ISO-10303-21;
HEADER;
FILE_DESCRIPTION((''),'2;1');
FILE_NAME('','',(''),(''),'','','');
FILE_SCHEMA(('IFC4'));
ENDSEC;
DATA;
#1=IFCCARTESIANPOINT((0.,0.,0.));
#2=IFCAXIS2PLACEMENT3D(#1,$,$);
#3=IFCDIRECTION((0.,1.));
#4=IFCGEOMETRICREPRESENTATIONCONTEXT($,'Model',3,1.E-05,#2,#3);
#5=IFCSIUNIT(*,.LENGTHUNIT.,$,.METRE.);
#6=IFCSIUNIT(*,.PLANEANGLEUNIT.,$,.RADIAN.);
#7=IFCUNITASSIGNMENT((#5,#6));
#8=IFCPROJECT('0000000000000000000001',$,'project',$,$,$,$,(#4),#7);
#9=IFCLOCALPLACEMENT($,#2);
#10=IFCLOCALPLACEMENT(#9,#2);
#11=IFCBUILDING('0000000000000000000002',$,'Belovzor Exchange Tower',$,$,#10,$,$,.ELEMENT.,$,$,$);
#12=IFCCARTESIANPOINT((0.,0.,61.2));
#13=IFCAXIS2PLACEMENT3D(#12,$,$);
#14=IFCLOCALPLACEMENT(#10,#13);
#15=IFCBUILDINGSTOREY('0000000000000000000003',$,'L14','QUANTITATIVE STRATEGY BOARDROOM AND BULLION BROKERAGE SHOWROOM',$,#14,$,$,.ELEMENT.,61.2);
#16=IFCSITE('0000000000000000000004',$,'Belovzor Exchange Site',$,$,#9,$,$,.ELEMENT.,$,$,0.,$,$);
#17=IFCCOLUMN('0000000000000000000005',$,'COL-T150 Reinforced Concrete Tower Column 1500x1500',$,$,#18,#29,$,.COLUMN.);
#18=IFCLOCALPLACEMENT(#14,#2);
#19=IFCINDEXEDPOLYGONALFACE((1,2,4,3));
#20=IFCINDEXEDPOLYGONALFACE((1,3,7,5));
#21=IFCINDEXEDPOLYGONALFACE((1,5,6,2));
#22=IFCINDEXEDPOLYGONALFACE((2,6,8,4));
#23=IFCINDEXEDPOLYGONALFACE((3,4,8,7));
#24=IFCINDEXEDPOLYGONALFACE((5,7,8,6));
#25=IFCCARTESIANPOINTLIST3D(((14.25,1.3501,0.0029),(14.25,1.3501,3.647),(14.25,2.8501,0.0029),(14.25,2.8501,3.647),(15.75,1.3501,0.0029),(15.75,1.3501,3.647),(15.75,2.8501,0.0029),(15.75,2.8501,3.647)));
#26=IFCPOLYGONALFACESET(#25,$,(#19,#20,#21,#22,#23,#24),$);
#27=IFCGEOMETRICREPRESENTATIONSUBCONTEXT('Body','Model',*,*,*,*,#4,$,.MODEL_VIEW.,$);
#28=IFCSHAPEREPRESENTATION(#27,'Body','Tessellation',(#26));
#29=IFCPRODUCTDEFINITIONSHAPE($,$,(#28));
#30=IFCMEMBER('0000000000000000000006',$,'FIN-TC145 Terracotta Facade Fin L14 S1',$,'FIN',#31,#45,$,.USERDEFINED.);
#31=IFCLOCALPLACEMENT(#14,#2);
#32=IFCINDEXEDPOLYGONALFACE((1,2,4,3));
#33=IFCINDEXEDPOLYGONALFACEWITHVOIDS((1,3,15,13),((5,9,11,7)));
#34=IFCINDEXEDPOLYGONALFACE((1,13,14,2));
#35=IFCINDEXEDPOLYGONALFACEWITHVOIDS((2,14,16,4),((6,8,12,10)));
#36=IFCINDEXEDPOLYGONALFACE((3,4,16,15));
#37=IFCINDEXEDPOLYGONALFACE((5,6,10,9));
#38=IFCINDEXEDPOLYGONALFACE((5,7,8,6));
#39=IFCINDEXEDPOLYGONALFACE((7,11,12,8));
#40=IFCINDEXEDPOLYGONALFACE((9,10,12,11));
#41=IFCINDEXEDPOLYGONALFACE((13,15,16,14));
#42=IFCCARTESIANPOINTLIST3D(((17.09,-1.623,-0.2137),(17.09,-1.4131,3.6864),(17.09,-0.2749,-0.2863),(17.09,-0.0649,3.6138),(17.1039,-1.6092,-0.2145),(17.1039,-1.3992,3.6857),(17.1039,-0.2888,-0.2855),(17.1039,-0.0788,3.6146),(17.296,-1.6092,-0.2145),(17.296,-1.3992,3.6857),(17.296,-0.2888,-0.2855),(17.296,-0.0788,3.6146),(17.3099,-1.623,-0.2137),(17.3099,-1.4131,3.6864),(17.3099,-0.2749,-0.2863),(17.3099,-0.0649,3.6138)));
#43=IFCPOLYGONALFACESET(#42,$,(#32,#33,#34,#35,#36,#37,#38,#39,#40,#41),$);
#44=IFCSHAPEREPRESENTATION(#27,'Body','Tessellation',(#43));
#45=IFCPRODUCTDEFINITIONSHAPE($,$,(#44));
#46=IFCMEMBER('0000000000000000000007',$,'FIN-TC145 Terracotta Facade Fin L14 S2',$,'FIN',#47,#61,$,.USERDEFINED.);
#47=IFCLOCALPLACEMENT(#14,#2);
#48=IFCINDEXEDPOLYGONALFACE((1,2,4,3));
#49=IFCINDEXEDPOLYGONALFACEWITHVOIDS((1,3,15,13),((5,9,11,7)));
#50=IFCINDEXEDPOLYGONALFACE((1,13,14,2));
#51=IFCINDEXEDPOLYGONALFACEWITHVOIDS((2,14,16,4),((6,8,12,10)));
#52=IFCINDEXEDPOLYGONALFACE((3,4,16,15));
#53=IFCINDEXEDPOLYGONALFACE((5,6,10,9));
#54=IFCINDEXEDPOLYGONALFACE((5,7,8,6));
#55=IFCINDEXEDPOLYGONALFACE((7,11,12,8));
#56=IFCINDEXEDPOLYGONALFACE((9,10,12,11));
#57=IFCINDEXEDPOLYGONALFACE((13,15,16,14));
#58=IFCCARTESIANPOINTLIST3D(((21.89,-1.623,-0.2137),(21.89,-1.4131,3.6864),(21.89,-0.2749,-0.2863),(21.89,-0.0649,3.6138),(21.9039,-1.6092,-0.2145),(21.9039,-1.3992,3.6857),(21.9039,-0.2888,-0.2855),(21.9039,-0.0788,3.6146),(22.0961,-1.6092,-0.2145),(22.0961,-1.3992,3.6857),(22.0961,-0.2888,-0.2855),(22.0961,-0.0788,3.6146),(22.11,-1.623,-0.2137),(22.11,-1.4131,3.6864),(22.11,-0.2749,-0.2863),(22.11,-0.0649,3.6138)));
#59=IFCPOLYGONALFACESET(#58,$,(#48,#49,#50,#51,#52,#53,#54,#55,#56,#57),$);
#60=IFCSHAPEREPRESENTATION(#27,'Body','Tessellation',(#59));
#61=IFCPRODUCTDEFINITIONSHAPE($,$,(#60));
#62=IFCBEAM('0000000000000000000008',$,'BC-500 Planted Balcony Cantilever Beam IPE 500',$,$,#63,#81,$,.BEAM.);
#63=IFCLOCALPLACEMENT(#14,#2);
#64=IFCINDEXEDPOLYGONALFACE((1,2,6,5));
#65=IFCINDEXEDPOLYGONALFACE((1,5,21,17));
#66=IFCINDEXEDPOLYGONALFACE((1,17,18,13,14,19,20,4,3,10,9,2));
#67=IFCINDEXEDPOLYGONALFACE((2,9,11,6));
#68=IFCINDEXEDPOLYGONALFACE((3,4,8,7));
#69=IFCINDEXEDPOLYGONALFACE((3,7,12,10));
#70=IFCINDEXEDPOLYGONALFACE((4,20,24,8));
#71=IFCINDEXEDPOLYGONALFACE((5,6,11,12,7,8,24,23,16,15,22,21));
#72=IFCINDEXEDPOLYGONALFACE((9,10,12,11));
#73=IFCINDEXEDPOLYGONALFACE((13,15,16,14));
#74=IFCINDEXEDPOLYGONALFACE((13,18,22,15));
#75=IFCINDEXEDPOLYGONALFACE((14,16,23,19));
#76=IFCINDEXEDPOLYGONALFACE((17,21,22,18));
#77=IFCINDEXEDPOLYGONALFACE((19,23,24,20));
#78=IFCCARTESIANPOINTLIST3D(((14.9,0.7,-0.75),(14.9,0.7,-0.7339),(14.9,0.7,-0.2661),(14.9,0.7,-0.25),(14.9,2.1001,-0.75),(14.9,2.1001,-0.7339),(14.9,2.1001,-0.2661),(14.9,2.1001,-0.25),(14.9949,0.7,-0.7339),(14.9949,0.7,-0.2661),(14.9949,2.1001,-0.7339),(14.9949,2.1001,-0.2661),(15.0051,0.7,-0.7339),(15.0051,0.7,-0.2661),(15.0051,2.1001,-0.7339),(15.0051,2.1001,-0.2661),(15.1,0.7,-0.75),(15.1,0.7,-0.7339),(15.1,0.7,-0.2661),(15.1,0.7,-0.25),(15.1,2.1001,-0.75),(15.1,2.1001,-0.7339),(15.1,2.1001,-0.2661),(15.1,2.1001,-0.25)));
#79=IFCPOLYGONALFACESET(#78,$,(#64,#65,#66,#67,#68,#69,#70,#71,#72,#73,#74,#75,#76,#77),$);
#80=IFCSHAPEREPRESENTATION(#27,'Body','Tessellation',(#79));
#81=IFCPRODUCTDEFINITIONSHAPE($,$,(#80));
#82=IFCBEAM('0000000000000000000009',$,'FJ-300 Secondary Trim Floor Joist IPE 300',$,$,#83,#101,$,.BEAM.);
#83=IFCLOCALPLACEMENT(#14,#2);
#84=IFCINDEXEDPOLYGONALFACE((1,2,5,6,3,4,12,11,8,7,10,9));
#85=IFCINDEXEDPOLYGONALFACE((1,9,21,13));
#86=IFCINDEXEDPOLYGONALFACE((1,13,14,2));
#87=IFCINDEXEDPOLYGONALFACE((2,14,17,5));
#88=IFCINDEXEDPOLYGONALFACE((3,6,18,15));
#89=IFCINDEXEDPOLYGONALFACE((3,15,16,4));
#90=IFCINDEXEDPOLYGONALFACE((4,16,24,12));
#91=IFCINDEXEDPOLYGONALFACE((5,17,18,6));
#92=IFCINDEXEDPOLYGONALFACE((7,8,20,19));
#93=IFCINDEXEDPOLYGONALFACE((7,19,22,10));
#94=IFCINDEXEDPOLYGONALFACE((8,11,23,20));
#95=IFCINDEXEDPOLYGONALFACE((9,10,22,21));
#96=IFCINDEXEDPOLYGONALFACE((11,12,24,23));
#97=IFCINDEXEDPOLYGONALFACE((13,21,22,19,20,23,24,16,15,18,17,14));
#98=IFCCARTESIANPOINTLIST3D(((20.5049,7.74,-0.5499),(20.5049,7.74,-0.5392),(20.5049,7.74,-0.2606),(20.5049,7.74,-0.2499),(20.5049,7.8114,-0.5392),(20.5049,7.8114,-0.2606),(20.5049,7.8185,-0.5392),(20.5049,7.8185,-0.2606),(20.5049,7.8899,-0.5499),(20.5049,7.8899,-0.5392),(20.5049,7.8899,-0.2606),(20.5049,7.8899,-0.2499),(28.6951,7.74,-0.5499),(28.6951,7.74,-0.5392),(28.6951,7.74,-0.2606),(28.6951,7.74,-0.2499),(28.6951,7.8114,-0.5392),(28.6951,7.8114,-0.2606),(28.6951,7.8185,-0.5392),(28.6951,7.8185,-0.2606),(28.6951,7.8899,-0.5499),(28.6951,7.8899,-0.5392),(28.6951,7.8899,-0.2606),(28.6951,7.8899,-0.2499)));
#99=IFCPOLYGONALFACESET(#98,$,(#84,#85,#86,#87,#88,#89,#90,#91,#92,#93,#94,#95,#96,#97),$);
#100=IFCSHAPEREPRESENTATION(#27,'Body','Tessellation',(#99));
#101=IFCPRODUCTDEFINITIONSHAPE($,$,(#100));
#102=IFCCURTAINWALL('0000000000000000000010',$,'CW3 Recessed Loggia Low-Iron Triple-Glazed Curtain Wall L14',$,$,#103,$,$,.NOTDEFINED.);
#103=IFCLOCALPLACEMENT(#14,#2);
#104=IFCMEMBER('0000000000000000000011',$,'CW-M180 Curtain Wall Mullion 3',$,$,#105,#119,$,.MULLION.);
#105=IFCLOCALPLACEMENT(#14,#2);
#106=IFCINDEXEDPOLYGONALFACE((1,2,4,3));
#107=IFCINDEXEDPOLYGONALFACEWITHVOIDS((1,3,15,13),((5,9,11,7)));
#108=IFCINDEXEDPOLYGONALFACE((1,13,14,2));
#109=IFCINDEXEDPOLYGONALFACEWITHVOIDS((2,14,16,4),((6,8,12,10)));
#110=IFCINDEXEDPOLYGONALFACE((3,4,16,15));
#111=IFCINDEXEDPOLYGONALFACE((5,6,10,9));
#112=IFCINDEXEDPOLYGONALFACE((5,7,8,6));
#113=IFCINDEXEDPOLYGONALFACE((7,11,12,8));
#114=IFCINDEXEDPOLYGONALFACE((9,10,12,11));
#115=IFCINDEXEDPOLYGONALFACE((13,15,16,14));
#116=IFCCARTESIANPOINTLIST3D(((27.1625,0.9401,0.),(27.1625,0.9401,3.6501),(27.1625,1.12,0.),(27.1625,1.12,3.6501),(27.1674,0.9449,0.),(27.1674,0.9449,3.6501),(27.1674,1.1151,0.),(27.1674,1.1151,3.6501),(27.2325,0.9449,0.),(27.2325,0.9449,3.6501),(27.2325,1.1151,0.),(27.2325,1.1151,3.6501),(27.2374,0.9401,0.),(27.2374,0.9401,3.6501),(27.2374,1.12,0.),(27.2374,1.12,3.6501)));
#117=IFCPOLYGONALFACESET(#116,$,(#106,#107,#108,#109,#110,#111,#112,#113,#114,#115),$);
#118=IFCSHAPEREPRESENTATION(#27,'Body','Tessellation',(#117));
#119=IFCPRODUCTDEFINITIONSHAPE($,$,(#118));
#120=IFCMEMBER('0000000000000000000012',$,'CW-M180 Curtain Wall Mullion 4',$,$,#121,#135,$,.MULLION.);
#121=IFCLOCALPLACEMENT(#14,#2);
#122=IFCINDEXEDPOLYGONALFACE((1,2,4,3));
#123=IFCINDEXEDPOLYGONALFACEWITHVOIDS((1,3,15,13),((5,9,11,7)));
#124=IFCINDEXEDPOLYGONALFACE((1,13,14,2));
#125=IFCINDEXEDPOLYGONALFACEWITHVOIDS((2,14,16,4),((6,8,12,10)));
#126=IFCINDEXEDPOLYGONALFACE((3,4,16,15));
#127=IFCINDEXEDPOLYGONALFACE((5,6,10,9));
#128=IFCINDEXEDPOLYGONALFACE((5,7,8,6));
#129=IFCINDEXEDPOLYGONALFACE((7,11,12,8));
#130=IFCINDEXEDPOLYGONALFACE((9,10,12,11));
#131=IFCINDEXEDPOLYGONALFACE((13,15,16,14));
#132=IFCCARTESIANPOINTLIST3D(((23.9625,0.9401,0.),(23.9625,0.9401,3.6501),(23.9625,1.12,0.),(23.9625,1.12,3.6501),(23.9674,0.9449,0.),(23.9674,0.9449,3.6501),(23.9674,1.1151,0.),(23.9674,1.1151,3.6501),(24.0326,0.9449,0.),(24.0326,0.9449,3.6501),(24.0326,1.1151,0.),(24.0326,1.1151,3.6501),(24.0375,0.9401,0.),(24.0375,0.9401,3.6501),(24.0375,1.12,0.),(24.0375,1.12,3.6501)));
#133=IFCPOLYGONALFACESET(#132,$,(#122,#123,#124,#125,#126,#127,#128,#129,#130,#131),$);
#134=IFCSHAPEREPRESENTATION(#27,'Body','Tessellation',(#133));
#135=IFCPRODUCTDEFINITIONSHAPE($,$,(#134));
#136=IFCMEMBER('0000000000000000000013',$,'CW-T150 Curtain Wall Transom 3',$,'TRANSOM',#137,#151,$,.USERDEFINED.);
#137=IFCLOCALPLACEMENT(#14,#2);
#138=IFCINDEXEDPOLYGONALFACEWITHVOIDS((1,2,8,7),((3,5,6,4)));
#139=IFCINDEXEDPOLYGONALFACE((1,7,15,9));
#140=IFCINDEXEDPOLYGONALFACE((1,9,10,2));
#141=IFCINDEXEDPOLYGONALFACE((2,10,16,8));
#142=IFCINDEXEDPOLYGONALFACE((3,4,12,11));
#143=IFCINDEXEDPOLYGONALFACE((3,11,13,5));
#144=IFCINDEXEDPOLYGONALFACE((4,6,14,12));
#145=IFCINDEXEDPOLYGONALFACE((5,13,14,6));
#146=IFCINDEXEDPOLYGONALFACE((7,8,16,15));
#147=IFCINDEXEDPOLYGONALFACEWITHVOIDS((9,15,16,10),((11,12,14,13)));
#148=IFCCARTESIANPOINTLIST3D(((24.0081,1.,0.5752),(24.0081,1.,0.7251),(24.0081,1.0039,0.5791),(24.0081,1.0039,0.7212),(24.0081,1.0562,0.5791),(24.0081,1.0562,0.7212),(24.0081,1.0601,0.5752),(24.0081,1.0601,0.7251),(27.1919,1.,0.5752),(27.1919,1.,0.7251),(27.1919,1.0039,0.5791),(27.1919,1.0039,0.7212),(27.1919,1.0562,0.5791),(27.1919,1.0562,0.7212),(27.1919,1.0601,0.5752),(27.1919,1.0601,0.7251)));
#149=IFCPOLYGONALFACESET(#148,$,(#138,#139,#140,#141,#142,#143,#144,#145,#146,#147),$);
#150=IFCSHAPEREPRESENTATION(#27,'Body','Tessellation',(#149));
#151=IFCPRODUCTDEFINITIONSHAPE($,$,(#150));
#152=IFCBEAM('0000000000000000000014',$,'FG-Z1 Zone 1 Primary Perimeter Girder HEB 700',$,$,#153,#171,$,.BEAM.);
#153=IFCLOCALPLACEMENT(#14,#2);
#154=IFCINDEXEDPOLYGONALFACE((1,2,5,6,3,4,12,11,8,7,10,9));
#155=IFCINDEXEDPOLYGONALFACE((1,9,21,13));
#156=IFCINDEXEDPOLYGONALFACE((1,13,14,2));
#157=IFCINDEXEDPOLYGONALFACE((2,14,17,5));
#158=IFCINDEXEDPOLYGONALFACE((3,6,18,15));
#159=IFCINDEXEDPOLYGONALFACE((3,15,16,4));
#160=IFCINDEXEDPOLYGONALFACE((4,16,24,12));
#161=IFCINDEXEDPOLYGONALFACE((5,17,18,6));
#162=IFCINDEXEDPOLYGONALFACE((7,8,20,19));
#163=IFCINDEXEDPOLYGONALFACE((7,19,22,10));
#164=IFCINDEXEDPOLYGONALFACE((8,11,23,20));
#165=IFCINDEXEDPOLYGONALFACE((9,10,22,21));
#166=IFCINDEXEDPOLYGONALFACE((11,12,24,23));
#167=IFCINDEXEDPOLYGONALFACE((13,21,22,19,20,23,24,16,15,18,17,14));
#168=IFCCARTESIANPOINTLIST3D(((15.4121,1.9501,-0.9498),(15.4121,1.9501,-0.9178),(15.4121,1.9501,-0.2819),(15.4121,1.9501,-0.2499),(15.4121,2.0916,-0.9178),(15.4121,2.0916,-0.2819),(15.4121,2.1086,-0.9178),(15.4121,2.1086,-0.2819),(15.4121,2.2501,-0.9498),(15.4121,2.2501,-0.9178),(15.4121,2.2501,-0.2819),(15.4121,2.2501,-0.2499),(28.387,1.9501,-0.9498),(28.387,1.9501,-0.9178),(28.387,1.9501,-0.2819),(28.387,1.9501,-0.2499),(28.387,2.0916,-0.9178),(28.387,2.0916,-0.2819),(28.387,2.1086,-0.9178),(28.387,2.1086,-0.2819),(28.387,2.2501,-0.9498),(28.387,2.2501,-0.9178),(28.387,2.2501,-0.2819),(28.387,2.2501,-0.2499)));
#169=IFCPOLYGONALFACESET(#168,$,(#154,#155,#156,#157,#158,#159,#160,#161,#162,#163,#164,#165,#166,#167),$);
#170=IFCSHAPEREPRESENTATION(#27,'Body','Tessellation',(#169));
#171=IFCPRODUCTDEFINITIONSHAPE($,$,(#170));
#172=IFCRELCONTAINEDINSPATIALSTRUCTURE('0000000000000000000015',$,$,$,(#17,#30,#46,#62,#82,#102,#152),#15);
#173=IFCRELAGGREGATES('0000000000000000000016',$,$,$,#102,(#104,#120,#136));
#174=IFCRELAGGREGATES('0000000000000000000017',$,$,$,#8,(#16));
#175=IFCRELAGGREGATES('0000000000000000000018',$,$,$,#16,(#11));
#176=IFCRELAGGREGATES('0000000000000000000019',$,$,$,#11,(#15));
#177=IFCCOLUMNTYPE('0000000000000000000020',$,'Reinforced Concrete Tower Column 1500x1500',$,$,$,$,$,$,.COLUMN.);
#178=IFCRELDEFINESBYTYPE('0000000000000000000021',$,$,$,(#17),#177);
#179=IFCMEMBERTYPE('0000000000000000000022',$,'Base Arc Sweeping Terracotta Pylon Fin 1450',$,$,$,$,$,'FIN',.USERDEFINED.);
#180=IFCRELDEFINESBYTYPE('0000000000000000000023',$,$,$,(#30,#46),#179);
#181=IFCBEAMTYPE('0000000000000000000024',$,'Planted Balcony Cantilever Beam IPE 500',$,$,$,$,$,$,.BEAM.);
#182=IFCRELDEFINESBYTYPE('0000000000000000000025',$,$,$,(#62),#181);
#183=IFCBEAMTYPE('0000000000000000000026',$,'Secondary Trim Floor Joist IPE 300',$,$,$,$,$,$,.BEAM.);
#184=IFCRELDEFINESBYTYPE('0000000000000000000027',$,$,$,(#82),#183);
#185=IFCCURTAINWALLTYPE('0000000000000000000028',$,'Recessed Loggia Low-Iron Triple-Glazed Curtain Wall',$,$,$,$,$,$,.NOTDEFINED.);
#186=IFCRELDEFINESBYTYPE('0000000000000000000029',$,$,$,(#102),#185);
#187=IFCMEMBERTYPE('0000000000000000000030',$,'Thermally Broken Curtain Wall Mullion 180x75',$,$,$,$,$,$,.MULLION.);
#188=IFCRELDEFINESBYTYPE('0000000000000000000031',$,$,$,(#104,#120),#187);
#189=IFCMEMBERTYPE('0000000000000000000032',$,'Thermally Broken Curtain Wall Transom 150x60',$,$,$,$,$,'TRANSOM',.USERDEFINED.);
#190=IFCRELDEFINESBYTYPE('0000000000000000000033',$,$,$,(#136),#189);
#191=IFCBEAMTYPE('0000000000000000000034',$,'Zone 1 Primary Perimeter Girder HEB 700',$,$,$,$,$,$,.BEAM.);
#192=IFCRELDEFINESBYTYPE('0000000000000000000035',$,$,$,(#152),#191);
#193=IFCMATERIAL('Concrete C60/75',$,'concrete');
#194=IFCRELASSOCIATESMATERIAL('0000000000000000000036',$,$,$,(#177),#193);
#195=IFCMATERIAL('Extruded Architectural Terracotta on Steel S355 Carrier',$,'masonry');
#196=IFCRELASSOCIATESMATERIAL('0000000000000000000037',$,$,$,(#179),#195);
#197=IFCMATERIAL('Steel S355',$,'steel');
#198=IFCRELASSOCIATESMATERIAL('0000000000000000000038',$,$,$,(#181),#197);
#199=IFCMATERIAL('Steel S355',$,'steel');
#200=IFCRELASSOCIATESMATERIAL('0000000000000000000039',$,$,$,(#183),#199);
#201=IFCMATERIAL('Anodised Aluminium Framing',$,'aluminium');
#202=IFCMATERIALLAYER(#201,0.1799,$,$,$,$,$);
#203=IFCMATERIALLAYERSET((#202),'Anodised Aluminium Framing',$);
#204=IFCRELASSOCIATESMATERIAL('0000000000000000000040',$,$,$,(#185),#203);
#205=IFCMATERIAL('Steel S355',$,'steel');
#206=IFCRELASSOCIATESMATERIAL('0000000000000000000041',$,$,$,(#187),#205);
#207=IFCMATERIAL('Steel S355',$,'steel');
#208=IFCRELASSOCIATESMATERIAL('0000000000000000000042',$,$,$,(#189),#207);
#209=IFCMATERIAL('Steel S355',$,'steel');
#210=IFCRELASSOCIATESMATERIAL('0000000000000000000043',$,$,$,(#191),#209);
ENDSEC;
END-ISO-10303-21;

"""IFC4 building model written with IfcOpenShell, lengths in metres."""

from ifc_helpers import new_model, si_unit, direction, frame, origin, origin_2d, place, context, subcontext, project, spatial, rectangle, hollow_rectangle, i_section, extrude, material, layer, layer_set, material_profile, profile_set, type_object, element, aggregate, save


model = new_model("IFC4")

# Units and contexts
model_context = context("Model", 3, precision=1e-05, world=origin(), true_north=direction((0.0, 1.0)))
body_context = subcontext(model_context, "Body", "Model", "MODEL_VIEW")
ifc_project = project(units=[si_unit("LENGTHUNIT", "METRE"), si_unit("PLANEANGLEUNIT", "RADIAN")], contexts=[model_context])

# Site, building, storey
site_placement = place(None, origin())
site = spatial("IfcSite", under=ifc_project, at=site_placement, Name="Belovzor Exchange Site", CompositionType="ELEMENT", RefElevation=0.0)
building_placement = place(site_placement, origin())
building = spatial("IfcBuilding", under=site, at=building_placement, Name="Belovzor Exchange Tower", CompositionType="ELEMENT")
storey_placement = place(building_placement, frame((0.0, 0.0, 61.2)))
storey = spatial("IfcBuildingStorey", under=building, at=storey_placement, Name="L14", Description="QUANTITATIVE STRATEGY BOARDROOM AND BULLION BROKERAGE SHOWROOM", CompositionType="ELEMENT", Elevation=61.2)

# Column
ifc_material_1 = material(Name="Concrete C60/75", Category="concrete")
ifc_material_profile_1 = material_profile(ifc_material_1, rectangle(XDim=1.5, YDim=1.5, at=origin_2d()))
ifc_profile_set_1 = profile_set([ifc_material_profile_1], Name="Concrete C60/75")
column_type = type_object("IfcColumnType", Name="Reinforced Concrete Tower Column 1500x1500", PredefinedType="COLUMN", material=ifc_profile_set_1)
column_placement = place(storey_placement, frame((15.0, 2.1001, 0.0029), z_axis=(0.0, 0.0, 1.0), x_axis=(1.0, 0.0, 0.0)))
element("IfcColumn", 1, at=column_placement, inside=storey, type_object=column_type, Name="COL-T150 Reinforced Concrete Tower Column 1500x1500", PredefinedType="COLUMN", context=body_context, shape_type="SweptSolid", body=[
    extrude(rectangle(XDim=1.5, YDim=1.5, at=origin_2d()), origin(), (0.0, 0.0, 1.0), 3.644),
])

# Members
ifc_material_2 = material(Name="Extruded Architectural Terracotta on Steel S355 Carrier", Category="masonry")
ifc_material_profile_2 = material_profile(ifc_material_2, hollow_rectangle(XDim=0.22, YDim=1.3501, WallThickness=0.0139, at=origin_2d()))
ifc_profile_set_2 = profile_set([ifc_material_profile_2], Name="Extruded Architectural Terracotta on Steel S355 Carrier")
member_type_1 = type_object("IfcMemberType", Name="Base Arc Sweeping Terracotta Pylon Fin 1450", ElementType="FIN", PredefinedType="USERDEFINED", material=ifc_profile_set_2)
for number, where, z_axis, x_axis, name in (
    (2, (17.2, -0.949, -0.25), (0.0, 0.053756, 0.998554), (-1.0, 0.0, 0.0), "FIN-TC145 Terracotta Facade Fin L14 S1"),
    (3, (22.0, -0.949, -0.25), (0.0, 0.053756, 0.998554), (-1.0, 0.0, 0.0), "FIN-TC145 Terracotta Facade Fin L14 S2"),
):
    element("IfcMember", number, at=place(storey_placement, frame(where, z_axis=z_axis, x_axis=x_axis)), inside=storey, type_object=member_type_1, Name=name, ObjectType="FIN", PredefinedType="USERDEFINED", context=body_context, shape_type="SweptSolid", body=[
        extrude(hollow_rectangle(XDim=0.22, YDim=1.3501, WallThickness=0.0139, at=origin_2d()), origin(), (0.0, 0.0, 1.0), 3.9058),
    ])

# Beams
ifc_material_3 = material(Name="Steel S355", Category="steel")
ifc_material_profile_3 = material_profile(ifc_material_3, i_section(OverallWidth=0.2, OverallDepth=0.5, WebThickness=0.0103, FlangeThickness=0.0161, at=origin_2d()))
ifc_profile_set_3 = profile_set([ifc_material_profile_3], Name="Steel S355")
beam_type_1 = type_object("IfcBeamType", Name="Planted Balcony Cantilever Beam IPE 500", PredefinedType="BEAM", material=ifc_profile_set_3)
beam_1_placement = place(storey_placement, frame((15.0, 2.1001, -0.5), z_axis=(0.0, -1.0, 0.0), x_axis=(1.0, 0.0, 0.0)))
element("IfcBeam", 4, at=beam_1_placement, inside=storey, type_object=beam_type_1, Name="BC-500 Planted Balcony Cantilever Beam IPE 500", PredefinedType="BEAM", context=body_context, shape_type="SweptSolid", body=[
    extrude(i_section(OverallWidth=0.2, OverallDepth=0.5, WebThickness=0.0103, FlangeThickness=0.0161, at=origin_2d()), origin(), (0.0, 0.0, 1.0), 1.4001),
])
ifc_material_4 = material(Name="Steel S355", Category="steel")
ifc_material_profile_4 = material_profile(ifc_material_4, i_section(OverallWidth=0.1499, OverallDepth=0.3, WebThickness=0.0071, FlangeThickness=0.0107, at=origin_2d()))
ifc_profile_set_4 = profile_set([ifc_material_profile_4], Name="Steel S355")
beam_type_2 = type_object("IfcBeamType", Name="Secondary Trim Floor Joist IPE 300", PredefinedType="BEAM", material=ifc_profile_set_4)
beam_2_placement = place(storey_placement, frame((20.5049, 7.8149, -0.3999), z_axis=(1.0, 0.0, 0.0), x_axis=(0.0, 1.0, 0.0)))
element("IfcBeam", 5, at=beam_2_placement, inside=storey, type_object=beam_type_2, Name="FJ-300 Secondary Trim Floor Joist IPE 300", PredefinedType="BEAM", context=body_context, shape_type="SweptSolid", body=[
    extrude(i_section(OverallWidth=0.1499, OverallDepth=0.3, WebThickness=0.0071, FlangeThickness=0.0107, at=origin_2d()), origin(), (0.0, 0.0, 1.0), 8.1902),
])

# Curtain wall, members
ifc_material_5 = material(Name="Anodised Aluminium Framing", Category="aluminium")
ifc_layer_1 = layer(ifc_material_5, 0.1799)
ifc_layer_set_1 = layer_set([ifc_layer_1], Name="Anodised Aluminium Framing")
curtain_wall_type = type_object("IfcCurtainWallType", Name="Recessed Loggia Low-Iron Triple-Glazed Curtain Wall", PredefinedType="NOTDEFINED", material=ifc_layer_set_1)
curtain_wall_placement = place(storey_placement, origin())
curtain_wall = element("IfcCurtainWall", 6, at=curtain_wall_placement, inside=storey, type_object=curtain_wall_type, Name="CW3 Recessed Loggia Low-Iron Triple-Glazed Curtain Wall L14", PredefinedType="NOTDEFINED")
ifc_material_6 = material(Name="Steel S355", Category="steel")
ifc_material_profile_5 = material_profile(ifc_material_6, hollow_rectangle(XDim=0.075, YDim=0.1799, WallThickness=0.0049, at=origin_2d()))
ifc_profile_set_5 = profile_set([ifc_material_profile_5], Name="Steel S355")
member_type_2 = type_object("IfcMemberType", Name="Thermally Broken Curtain Wall Mullion 180x75", PredefinedType="MULLION", material=ifc_profile_set_5)
member_1_placement = place(storey_placement, frame((27.2, 1.03, 0.0), z_axis=(0.0, 0.0, 1.0), x_axis=(-1.0, 0.0, 0.0)))
member_1 = element("IfcMember", 7, at=member_1_placement, type_object=member_type_2, Name="CW-M180 Curtain Wall Mullion 3", PredefinedType="MULLION", context=body_context, shape_type="SweptSolid", body=[
    extrude(hollow_rectangle(XDim=0.075, YDim=0.1799, WallThickness=0.0049, at=origin_2d()), origin(), (0.0, 0.0, 1.0), 3.6501),
])
member_2_placement = place(storey_placement, frame((24.0, 1.03, 0.0), z_axis=(0.0, 0.0, 1.0), x_axis=(-1.0, 0.0, 0.0)))
member_2 = element("IfcMember", 8, at=member_2_placement, type_object=member_type_2, Name="CW-M180 Curtain Wall Mullion 4", PredefinedType="MULLION", context=body_context, shape_type="SweptSolid", body=[
    extrude(hollow_rectangle(XDim=0.075, YDim=0.1799, WallThickness=0.0049, at=origin_2d()), origin(), (0.0, 0.0, 1.0), 3.6501),
])
ifc_material_7 = material(Name="Steel S355", Category="steel")
ifc_material_profile_6 = material_profile(ifc_material_7, hollow_rectangle(XDim=0.0601, YDim=0.1499, WallThickness=0.0039, at=origin_2d()))
ifc_profile_set_6 = profile_set([ifc_material_profile_6], Name="Steel S355")
member_type_3 = type_object("IfcMemberType", Name="Thermally Broken Curtain Wall Transom 150x60", ElementType="TRANSOM", PredefinedType="USERDEFINED", material=ifc_profile_set_6)
member_3_placement = place(storey_placement, frame((27.1919, 1.03, 0.6501), z_axis=(-1.0, 0.0, 0.0), x_axis=(0.0, -1.0, 0.0)))
member_3 = element("IfcMember", 9, at=member_3_placement, type_object=member_type_3, Name="CW-T150 Curtain Wall Transom 3", ObjectType="TRANSOM", PredefinedType="USERDEFINED", context=body_context, shape_type="SweptSolid", body=[
    extrude(hollow_rectangle(XDim=0.0601, YDim=0.1499, WallThickness=0.0039, at=origin_2d()), origin(), (0.0, 0.0, 1.0), 3.1838),
])

# Beam
ifc_material_8 = material(Name="Steel S355", Category="steel")
ifc_material_profile_7 = material_profile(ifc_material_8, i_section(OverallWidth=0.3, OverallDepth=0.7, WebThickness=0.0171, FlangeThickness=0.032, at=origin_2d()))
ifc_profile_set_7 = profile_set([ifc_material_profile_7], Name="Steel S355")
beam_type_3 = type_object("IfcBeamType", Name="Zone 1 Primary Perimeter Girder HEB 700", PredefinedType="BEAM", material=ifc_profile_set_7)
beam_3_placement = place(storey_placement, frame((15.4121, 2.1001, -0.5999), z_axis=(1.0, 0.0, 0.0), x_axis=(0.0, 1.0, 0.0)))
element("IfcBeam", 10, at=beam_3_placement, inside=storey, type_object=beam_type_3, Name="FG-Z1 Zone 1 Primary Perimeter Girder HEB 700", PredefinedType="BEAM", context=body_context, shape_type="SweptSolid", body=[
    extrude(i_section(OverallWidth=0.3, OverallDepth=0.7, WebThickness=0.0171, FlangeThickness=0.032, at=origin_2d()), origin(), (0.0, 0.0, 1.0), 12.9749),
])

aggregate(curtain_wall, [member_1, member_2, member_3])

save(model, "model.ifc")
